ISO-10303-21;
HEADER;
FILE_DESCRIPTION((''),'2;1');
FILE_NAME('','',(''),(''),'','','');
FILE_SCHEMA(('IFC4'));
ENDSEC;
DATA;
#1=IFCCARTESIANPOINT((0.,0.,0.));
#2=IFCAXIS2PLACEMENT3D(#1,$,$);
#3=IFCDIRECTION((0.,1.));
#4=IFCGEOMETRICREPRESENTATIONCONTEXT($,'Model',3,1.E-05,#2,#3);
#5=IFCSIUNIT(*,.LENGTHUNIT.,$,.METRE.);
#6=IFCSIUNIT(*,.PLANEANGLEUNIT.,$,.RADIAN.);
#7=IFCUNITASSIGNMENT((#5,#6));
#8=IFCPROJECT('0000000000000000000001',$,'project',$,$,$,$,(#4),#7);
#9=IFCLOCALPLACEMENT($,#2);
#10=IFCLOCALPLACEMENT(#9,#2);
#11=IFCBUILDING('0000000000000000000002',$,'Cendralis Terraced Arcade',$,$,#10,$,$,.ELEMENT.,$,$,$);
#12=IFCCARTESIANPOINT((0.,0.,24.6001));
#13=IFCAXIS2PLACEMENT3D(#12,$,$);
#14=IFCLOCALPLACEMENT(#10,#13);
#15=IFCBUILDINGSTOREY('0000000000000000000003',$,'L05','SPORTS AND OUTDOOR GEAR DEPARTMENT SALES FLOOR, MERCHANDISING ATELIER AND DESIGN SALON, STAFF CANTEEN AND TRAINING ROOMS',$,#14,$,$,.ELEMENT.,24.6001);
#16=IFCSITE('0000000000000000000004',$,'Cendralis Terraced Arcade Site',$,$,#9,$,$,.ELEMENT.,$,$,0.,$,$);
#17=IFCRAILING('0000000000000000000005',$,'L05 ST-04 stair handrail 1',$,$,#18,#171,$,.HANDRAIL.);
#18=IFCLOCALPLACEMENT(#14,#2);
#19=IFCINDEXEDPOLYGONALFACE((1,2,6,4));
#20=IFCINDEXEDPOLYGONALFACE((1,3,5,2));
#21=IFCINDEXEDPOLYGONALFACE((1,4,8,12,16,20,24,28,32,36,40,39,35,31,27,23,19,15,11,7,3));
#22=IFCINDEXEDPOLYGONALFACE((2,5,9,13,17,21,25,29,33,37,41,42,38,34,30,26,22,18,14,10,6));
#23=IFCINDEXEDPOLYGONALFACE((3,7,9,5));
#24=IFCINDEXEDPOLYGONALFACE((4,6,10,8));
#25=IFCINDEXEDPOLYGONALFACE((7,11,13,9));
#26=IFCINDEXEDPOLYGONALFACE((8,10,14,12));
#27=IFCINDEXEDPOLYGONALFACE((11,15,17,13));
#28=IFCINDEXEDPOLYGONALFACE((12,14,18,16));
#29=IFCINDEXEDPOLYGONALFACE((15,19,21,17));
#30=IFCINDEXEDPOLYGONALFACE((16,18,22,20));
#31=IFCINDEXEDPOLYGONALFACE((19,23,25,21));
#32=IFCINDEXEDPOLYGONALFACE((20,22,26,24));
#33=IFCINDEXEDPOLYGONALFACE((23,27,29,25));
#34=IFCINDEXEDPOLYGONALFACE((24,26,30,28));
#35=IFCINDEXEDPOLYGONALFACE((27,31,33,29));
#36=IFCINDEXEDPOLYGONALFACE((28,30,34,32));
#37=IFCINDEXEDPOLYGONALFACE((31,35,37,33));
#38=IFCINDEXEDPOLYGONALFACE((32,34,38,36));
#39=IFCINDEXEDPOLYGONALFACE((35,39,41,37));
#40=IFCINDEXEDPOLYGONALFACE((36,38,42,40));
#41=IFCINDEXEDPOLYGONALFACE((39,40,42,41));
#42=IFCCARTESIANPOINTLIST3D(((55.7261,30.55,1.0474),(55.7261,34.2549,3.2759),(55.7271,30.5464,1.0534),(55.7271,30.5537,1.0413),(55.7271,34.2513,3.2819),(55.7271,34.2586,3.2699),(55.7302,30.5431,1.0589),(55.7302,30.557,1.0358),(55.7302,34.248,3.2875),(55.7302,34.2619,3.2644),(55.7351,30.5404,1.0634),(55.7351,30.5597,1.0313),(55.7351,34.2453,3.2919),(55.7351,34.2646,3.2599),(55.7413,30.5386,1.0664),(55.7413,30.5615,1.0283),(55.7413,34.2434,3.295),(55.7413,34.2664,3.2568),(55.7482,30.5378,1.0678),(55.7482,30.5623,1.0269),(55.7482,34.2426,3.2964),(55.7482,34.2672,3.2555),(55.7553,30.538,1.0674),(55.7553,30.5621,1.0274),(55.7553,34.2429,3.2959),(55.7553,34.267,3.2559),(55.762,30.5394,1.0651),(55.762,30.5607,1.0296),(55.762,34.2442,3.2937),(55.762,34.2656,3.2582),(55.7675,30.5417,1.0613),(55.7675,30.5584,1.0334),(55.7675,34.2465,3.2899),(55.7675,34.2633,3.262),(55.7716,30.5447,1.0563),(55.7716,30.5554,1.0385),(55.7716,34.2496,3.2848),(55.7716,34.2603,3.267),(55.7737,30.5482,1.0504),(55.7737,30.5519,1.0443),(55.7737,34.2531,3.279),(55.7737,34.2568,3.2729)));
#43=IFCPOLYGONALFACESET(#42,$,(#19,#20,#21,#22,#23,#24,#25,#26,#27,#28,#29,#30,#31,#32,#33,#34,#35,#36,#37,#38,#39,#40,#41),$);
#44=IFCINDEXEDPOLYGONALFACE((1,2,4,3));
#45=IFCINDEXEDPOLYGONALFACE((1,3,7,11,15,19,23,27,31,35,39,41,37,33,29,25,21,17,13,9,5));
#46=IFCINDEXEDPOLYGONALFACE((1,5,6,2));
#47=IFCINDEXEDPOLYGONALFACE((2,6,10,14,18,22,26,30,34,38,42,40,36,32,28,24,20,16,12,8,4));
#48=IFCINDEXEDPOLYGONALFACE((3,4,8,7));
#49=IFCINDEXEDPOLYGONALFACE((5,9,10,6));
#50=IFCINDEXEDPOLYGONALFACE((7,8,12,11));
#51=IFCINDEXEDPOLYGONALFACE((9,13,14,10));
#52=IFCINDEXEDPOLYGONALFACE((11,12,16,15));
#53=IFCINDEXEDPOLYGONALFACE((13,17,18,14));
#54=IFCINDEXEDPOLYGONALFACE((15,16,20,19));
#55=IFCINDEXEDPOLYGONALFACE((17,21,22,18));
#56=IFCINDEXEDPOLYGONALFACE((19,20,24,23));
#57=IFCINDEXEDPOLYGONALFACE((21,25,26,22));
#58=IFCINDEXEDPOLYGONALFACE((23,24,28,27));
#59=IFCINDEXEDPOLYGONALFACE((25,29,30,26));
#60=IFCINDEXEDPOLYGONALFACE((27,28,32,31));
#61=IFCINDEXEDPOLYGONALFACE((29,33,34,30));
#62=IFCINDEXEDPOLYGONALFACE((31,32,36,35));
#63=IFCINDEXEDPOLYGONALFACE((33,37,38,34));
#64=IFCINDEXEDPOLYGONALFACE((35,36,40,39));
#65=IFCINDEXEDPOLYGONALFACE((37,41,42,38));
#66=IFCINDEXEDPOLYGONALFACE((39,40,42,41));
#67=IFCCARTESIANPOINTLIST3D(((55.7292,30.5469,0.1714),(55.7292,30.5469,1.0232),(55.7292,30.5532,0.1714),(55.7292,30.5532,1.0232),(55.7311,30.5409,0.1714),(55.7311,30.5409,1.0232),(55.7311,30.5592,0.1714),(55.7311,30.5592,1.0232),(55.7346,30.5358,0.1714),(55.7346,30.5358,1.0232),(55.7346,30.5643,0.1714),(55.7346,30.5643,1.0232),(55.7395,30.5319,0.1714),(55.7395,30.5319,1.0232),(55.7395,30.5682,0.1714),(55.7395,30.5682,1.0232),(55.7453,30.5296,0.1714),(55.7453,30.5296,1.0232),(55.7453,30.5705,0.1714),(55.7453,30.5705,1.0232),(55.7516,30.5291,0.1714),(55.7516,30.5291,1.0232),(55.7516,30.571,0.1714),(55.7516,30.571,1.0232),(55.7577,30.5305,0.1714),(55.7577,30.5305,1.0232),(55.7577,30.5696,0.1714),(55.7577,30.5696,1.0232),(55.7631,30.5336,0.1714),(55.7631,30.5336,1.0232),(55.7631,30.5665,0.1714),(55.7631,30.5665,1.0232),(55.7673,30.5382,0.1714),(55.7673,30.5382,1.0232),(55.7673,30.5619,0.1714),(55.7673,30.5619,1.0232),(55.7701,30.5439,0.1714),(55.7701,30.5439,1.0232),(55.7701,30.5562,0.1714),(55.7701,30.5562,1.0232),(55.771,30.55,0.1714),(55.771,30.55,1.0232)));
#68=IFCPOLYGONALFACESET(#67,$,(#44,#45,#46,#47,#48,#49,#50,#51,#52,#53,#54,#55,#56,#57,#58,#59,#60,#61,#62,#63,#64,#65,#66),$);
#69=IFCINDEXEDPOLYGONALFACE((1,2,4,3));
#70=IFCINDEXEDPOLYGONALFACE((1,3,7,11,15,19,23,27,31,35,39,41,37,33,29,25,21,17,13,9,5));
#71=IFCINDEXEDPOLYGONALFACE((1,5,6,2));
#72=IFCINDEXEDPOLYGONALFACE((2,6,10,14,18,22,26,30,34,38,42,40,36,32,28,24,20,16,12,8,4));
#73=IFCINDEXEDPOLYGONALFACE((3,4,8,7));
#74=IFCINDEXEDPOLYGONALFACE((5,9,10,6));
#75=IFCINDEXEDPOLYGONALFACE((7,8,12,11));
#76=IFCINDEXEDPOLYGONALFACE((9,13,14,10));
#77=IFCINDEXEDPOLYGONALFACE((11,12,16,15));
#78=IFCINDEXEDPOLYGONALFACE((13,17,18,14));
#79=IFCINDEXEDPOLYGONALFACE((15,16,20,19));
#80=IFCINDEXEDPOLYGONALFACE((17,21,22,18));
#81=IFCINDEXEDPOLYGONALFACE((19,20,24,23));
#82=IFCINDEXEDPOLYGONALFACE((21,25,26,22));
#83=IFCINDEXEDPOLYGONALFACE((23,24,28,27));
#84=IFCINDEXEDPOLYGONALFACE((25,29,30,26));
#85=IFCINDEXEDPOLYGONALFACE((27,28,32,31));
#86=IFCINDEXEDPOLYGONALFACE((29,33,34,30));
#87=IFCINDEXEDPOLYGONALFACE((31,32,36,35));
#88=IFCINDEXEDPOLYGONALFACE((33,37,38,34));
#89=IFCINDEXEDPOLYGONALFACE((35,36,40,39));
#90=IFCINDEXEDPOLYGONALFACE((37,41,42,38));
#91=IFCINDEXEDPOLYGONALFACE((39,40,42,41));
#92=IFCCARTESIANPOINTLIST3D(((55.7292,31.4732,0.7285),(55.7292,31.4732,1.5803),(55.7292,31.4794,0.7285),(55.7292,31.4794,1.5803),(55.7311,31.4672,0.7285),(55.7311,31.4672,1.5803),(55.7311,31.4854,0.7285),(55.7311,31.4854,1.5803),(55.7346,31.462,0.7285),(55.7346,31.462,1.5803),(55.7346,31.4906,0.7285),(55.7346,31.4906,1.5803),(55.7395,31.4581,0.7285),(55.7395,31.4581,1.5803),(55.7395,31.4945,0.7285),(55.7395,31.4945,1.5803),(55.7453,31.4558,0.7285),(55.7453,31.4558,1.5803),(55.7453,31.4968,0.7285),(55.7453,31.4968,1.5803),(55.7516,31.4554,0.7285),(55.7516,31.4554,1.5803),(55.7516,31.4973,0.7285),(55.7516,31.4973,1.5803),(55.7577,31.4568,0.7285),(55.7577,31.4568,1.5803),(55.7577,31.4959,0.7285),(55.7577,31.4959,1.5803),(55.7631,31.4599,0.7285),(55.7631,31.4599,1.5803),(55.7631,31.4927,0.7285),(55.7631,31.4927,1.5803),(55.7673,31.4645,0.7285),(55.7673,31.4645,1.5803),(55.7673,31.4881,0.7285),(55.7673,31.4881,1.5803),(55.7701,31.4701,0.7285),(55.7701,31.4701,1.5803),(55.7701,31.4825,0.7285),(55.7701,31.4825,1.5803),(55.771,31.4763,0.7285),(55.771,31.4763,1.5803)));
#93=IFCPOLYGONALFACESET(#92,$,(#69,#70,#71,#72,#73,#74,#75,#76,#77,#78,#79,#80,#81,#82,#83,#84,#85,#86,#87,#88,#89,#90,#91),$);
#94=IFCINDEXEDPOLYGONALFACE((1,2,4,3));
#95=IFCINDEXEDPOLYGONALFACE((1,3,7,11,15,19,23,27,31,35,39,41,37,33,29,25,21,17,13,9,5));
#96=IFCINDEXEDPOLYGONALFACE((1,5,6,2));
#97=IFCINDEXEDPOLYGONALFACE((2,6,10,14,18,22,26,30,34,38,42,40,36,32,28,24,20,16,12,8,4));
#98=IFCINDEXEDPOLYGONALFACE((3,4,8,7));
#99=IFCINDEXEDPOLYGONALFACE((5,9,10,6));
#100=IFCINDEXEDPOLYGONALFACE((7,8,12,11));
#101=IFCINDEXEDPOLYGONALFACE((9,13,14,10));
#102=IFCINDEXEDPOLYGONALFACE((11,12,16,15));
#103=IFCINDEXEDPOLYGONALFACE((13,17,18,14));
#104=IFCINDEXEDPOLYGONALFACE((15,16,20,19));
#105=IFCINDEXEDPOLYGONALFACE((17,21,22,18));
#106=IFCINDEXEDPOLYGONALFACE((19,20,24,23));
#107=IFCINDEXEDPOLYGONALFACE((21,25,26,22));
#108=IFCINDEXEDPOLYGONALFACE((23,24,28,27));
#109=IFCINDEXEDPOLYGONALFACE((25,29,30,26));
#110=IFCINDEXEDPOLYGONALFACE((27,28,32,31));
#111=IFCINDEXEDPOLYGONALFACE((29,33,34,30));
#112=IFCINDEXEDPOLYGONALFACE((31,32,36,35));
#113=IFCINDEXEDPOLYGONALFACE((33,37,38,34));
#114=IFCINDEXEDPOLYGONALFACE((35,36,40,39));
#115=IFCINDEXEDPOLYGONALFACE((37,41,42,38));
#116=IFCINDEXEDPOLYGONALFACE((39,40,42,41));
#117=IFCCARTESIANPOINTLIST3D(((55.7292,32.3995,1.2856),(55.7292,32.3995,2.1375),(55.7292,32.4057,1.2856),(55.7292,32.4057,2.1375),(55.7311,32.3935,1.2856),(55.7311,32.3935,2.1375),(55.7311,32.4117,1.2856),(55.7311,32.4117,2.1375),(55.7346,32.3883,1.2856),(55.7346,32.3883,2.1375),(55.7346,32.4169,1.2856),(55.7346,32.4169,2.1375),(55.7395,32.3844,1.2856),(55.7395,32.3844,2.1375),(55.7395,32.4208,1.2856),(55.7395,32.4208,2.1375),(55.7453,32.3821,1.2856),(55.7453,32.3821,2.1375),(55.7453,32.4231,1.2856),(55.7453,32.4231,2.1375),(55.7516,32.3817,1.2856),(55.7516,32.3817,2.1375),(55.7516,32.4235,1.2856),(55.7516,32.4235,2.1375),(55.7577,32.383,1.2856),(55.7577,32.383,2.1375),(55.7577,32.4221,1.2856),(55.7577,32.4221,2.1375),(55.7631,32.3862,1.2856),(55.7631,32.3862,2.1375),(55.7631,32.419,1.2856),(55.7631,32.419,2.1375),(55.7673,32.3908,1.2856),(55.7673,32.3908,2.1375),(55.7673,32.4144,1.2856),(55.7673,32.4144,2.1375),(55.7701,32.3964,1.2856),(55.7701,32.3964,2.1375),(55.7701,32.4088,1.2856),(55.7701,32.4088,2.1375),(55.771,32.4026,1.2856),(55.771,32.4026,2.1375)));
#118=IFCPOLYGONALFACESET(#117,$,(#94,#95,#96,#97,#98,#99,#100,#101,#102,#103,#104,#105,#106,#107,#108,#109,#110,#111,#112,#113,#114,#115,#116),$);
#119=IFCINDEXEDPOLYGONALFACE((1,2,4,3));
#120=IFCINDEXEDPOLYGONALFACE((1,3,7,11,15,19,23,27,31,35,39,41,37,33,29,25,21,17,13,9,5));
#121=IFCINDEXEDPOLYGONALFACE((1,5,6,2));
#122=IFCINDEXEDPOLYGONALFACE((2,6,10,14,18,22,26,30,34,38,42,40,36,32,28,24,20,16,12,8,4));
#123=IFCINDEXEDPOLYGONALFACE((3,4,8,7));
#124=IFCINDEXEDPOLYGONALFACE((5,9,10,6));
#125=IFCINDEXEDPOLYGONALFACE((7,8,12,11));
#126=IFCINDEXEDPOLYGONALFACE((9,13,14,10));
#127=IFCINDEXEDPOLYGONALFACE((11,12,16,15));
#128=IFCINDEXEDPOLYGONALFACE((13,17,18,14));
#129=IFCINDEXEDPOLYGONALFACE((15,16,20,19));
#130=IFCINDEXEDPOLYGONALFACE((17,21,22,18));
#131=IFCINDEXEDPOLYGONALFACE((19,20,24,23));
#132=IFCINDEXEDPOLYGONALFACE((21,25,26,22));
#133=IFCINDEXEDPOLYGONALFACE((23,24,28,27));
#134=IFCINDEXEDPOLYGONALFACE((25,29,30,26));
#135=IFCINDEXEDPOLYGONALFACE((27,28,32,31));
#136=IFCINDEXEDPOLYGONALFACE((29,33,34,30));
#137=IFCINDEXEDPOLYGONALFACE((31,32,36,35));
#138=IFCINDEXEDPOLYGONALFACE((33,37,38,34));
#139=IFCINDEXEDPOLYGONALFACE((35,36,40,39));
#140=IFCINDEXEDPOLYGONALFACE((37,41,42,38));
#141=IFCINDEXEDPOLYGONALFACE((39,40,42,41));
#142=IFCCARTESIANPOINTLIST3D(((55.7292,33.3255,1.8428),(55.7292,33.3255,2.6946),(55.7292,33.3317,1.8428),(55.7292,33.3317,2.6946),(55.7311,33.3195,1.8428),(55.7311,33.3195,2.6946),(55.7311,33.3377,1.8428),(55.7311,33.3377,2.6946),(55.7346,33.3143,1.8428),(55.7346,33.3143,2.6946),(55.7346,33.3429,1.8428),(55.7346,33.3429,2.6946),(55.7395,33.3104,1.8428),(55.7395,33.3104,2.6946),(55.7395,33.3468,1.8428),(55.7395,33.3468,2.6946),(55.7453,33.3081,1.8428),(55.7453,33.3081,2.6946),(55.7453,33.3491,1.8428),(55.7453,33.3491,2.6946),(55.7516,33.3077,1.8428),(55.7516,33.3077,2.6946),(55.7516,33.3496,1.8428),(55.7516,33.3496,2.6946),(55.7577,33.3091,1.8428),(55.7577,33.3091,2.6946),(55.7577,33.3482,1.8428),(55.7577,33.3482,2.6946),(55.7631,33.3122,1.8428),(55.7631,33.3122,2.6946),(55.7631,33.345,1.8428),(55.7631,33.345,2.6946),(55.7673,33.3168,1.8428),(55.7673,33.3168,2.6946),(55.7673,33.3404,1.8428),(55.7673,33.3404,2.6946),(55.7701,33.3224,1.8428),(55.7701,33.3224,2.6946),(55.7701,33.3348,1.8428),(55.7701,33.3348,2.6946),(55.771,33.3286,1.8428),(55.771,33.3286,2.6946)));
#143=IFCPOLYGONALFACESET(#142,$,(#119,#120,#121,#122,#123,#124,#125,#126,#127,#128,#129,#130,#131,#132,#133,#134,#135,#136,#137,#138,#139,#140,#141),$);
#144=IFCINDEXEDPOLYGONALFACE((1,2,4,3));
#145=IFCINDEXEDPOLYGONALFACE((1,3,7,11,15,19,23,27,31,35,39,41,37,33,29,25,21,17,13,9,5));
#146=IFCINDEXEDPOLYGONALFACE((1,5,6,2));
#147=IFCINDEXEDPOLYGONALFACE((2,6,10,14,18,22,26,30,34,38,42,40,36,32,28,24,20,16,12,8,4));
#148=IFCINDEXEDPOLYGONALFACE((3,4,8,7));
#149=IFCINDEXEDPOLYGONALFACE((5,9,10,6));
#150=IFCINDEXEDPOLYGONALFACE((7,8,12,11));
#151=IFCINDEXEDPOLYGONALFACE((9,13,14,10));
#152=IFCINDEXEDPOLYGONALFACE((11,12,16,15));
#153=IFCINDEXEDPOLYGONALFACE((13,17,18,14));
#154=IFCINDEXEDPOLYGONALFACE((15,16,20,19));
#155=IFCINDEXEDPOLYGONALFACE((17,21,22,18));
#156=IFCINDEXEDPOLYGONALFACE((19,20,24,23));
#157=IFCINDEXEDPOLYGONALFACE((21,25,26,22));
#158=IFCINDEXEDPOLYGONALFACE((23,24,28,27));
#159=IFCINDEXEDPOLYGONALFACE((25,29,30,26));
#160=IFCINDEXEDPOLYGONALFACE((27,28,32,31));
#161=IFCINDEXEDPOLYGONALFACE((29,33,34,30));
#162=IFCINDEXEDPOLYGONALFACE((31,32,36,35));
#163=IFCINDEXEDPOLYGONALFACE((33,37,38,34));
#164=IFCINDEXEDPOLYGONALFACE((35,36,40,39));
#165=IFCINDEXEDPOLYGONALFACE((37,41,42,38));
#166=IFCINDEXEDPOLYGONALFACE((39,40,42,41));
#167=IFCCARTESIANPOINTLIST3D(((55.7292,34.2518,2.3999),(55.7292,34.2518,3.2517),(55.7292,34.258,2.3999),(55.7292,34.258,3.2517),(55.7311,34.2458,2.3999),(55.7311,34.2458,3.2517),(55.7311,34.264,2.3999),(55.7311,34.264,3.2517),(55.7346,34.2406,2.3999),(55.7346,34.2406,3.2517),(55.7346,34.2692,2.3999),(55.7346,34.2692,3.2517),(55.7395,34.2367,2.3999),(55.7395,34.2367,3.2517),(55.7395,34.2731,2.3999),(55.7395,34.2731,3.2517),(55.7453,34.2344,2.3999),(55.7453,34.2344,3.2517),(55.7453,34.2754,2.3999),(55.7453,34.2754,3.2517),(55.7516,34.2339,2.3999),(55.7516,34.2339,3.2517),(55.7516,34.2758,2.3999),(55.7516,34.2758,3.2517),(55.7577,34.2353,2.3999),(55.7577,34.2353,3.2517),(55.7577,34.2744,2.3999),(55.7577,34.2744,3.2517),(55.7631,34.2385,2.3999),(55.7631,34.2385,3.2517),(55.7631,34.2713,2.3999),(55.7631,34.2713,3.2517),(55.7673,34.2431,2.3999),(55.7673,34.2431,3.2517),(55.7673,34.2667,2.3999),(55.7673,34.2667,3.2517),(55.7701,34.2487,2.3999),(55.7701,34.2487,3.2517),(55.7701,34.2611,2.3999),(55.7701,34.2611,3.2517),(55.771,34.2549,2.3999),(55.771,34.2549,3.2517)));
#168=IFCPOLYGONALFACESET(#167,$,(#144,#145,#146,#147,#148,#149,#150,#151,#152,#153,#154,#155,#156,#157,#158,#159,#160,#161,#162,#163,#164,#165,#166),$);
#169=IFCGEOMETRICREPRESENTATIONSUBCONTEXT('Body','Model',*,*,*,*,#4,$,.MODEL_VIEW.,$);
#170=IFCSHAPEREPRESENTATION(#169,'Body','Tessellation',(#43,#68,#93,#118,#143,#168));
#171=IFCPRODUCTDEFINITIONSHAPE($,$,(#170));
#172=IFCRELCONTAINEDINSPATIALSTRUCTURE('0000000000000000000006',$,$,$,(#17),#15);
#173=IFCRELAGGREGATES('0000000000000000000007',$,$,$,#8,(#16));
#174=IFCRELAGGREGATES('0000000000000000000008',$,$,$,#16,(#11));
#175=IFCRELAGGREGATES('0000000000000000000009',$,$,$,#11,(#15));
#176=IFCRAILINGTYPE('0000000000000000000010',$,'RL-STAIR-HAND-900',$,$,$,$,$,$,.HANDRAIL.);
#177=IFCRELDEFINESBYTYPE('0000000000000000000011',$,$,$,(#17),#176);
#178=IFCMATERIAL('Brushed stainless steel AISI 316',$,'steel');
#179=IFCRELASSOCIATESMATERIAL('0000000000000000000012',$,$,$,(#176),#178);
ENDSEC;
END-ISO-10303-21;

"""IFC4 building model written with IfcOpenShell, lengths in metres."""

from ifc_helpers import new_model, si_unit, direction, frame, origin, origin_2d, place, context, subcontext, project, spatial, circle, extrude, material, type_object, element, save


model = new_model("IFC4")

# Units and contexts
model_context = context("Model", 3, precision=1e-05, world=origin(), true_north=direction((0.0, 1.0)))
body_context = subcontext(model_context, "Body", "Model", "MODEL_VIEW")
ifc_project = project(units=[si_unit("LENGTHUNIT", "METRE"), si_unit("PLANEANGLEUNIT", "RADIAN")], contexts=[model_context])

# Site, building, storey
site_placement = place(None, origin())
site = spatial("IfcSite", under=ifc_project, at=site_placement, Name="Cendralis Terraced Arcade Site", CompositionType="ELEMENT", RefElevation=0.0)
building_placement = place(site_placement, origin())
building = spatial("IfcBuilding", under=site, at=building_placement, Name="Cendralis Terraced Arcade", CompositionType="ELEMENT")
storey_placement = place(building_placement, frame((0.0, 0.0, 24.6001)))
storey = spatial("IfcBuildingStorey", under=building, at=storey_placement, Name="L05", Description="SPORTS AND OUTDOOR GEAR DEPARTMENT SALES FLOOR, MERCHANDISING ATELIER AND DESIGN SALON, STAFF CANTEEN AND TRAINING ROOMS", CompositionType="ELEMENT", Elevation=24.6001)

# Railing
ifc_material_1 = material(Name="Brushed stainless steel AISI 316", Category="steel")
railing_type_1 = type_object("IfcRailingType", Name="RL-STAIR-HAND-900", PredefinedType="HANDRAIL", material=ifc_material_1)
railing_1_placement = place(storey_placement, frame((55.75, 30.55, 0.1714)))
element("IfcRailing", 1, at=railing_1_placement, inside=storey, type_object=railing_type_1, Name="L05 ST-04 stair handrail 1", PredefinedType="HANDRAIL", context=body_context, shape_type="SweptSolid", body=[
    extrude(circle(Radius=0.0239, at=origin_2d()), frame((0.0, 0.0, 0.876), z_axis=(0.0, 0.856919, 0.51545), x_axis=(-1.0, 0.0, 0.0)), (0.0, 0.0, 1.0), 4.3235),
    extrude(circle(Radius=0.021, at=origin_2d()), origin(), (0.0, 0.0, 1.0), 0.8518),
    extrude(circle(Radius=0.021, at=origin_2d()), frame((0.0, 0.9263, 0.5571)), (0.0, 0.0, 1.0), 0.8518),
    extrude(circle(Radius=0.021, at=origin_2d()), frame((0.0, 1.8525, 1.1143)), (0.0, 0.0, 1.0), 0.8518),
    extrude(circle(Radius=0.021, at=origin_2d()), frame((0.0, 2.7786, 1.6714)), (0.0, 0.0, 1.0), 0.8518),
    extrude(circle(Radius=0.021, at=origin_2d()), frame((0.0, 3.7048, 2.2285)), (0.0, 0.0, 1.0), 0.8518),
])

save(model, "model.ifc")
